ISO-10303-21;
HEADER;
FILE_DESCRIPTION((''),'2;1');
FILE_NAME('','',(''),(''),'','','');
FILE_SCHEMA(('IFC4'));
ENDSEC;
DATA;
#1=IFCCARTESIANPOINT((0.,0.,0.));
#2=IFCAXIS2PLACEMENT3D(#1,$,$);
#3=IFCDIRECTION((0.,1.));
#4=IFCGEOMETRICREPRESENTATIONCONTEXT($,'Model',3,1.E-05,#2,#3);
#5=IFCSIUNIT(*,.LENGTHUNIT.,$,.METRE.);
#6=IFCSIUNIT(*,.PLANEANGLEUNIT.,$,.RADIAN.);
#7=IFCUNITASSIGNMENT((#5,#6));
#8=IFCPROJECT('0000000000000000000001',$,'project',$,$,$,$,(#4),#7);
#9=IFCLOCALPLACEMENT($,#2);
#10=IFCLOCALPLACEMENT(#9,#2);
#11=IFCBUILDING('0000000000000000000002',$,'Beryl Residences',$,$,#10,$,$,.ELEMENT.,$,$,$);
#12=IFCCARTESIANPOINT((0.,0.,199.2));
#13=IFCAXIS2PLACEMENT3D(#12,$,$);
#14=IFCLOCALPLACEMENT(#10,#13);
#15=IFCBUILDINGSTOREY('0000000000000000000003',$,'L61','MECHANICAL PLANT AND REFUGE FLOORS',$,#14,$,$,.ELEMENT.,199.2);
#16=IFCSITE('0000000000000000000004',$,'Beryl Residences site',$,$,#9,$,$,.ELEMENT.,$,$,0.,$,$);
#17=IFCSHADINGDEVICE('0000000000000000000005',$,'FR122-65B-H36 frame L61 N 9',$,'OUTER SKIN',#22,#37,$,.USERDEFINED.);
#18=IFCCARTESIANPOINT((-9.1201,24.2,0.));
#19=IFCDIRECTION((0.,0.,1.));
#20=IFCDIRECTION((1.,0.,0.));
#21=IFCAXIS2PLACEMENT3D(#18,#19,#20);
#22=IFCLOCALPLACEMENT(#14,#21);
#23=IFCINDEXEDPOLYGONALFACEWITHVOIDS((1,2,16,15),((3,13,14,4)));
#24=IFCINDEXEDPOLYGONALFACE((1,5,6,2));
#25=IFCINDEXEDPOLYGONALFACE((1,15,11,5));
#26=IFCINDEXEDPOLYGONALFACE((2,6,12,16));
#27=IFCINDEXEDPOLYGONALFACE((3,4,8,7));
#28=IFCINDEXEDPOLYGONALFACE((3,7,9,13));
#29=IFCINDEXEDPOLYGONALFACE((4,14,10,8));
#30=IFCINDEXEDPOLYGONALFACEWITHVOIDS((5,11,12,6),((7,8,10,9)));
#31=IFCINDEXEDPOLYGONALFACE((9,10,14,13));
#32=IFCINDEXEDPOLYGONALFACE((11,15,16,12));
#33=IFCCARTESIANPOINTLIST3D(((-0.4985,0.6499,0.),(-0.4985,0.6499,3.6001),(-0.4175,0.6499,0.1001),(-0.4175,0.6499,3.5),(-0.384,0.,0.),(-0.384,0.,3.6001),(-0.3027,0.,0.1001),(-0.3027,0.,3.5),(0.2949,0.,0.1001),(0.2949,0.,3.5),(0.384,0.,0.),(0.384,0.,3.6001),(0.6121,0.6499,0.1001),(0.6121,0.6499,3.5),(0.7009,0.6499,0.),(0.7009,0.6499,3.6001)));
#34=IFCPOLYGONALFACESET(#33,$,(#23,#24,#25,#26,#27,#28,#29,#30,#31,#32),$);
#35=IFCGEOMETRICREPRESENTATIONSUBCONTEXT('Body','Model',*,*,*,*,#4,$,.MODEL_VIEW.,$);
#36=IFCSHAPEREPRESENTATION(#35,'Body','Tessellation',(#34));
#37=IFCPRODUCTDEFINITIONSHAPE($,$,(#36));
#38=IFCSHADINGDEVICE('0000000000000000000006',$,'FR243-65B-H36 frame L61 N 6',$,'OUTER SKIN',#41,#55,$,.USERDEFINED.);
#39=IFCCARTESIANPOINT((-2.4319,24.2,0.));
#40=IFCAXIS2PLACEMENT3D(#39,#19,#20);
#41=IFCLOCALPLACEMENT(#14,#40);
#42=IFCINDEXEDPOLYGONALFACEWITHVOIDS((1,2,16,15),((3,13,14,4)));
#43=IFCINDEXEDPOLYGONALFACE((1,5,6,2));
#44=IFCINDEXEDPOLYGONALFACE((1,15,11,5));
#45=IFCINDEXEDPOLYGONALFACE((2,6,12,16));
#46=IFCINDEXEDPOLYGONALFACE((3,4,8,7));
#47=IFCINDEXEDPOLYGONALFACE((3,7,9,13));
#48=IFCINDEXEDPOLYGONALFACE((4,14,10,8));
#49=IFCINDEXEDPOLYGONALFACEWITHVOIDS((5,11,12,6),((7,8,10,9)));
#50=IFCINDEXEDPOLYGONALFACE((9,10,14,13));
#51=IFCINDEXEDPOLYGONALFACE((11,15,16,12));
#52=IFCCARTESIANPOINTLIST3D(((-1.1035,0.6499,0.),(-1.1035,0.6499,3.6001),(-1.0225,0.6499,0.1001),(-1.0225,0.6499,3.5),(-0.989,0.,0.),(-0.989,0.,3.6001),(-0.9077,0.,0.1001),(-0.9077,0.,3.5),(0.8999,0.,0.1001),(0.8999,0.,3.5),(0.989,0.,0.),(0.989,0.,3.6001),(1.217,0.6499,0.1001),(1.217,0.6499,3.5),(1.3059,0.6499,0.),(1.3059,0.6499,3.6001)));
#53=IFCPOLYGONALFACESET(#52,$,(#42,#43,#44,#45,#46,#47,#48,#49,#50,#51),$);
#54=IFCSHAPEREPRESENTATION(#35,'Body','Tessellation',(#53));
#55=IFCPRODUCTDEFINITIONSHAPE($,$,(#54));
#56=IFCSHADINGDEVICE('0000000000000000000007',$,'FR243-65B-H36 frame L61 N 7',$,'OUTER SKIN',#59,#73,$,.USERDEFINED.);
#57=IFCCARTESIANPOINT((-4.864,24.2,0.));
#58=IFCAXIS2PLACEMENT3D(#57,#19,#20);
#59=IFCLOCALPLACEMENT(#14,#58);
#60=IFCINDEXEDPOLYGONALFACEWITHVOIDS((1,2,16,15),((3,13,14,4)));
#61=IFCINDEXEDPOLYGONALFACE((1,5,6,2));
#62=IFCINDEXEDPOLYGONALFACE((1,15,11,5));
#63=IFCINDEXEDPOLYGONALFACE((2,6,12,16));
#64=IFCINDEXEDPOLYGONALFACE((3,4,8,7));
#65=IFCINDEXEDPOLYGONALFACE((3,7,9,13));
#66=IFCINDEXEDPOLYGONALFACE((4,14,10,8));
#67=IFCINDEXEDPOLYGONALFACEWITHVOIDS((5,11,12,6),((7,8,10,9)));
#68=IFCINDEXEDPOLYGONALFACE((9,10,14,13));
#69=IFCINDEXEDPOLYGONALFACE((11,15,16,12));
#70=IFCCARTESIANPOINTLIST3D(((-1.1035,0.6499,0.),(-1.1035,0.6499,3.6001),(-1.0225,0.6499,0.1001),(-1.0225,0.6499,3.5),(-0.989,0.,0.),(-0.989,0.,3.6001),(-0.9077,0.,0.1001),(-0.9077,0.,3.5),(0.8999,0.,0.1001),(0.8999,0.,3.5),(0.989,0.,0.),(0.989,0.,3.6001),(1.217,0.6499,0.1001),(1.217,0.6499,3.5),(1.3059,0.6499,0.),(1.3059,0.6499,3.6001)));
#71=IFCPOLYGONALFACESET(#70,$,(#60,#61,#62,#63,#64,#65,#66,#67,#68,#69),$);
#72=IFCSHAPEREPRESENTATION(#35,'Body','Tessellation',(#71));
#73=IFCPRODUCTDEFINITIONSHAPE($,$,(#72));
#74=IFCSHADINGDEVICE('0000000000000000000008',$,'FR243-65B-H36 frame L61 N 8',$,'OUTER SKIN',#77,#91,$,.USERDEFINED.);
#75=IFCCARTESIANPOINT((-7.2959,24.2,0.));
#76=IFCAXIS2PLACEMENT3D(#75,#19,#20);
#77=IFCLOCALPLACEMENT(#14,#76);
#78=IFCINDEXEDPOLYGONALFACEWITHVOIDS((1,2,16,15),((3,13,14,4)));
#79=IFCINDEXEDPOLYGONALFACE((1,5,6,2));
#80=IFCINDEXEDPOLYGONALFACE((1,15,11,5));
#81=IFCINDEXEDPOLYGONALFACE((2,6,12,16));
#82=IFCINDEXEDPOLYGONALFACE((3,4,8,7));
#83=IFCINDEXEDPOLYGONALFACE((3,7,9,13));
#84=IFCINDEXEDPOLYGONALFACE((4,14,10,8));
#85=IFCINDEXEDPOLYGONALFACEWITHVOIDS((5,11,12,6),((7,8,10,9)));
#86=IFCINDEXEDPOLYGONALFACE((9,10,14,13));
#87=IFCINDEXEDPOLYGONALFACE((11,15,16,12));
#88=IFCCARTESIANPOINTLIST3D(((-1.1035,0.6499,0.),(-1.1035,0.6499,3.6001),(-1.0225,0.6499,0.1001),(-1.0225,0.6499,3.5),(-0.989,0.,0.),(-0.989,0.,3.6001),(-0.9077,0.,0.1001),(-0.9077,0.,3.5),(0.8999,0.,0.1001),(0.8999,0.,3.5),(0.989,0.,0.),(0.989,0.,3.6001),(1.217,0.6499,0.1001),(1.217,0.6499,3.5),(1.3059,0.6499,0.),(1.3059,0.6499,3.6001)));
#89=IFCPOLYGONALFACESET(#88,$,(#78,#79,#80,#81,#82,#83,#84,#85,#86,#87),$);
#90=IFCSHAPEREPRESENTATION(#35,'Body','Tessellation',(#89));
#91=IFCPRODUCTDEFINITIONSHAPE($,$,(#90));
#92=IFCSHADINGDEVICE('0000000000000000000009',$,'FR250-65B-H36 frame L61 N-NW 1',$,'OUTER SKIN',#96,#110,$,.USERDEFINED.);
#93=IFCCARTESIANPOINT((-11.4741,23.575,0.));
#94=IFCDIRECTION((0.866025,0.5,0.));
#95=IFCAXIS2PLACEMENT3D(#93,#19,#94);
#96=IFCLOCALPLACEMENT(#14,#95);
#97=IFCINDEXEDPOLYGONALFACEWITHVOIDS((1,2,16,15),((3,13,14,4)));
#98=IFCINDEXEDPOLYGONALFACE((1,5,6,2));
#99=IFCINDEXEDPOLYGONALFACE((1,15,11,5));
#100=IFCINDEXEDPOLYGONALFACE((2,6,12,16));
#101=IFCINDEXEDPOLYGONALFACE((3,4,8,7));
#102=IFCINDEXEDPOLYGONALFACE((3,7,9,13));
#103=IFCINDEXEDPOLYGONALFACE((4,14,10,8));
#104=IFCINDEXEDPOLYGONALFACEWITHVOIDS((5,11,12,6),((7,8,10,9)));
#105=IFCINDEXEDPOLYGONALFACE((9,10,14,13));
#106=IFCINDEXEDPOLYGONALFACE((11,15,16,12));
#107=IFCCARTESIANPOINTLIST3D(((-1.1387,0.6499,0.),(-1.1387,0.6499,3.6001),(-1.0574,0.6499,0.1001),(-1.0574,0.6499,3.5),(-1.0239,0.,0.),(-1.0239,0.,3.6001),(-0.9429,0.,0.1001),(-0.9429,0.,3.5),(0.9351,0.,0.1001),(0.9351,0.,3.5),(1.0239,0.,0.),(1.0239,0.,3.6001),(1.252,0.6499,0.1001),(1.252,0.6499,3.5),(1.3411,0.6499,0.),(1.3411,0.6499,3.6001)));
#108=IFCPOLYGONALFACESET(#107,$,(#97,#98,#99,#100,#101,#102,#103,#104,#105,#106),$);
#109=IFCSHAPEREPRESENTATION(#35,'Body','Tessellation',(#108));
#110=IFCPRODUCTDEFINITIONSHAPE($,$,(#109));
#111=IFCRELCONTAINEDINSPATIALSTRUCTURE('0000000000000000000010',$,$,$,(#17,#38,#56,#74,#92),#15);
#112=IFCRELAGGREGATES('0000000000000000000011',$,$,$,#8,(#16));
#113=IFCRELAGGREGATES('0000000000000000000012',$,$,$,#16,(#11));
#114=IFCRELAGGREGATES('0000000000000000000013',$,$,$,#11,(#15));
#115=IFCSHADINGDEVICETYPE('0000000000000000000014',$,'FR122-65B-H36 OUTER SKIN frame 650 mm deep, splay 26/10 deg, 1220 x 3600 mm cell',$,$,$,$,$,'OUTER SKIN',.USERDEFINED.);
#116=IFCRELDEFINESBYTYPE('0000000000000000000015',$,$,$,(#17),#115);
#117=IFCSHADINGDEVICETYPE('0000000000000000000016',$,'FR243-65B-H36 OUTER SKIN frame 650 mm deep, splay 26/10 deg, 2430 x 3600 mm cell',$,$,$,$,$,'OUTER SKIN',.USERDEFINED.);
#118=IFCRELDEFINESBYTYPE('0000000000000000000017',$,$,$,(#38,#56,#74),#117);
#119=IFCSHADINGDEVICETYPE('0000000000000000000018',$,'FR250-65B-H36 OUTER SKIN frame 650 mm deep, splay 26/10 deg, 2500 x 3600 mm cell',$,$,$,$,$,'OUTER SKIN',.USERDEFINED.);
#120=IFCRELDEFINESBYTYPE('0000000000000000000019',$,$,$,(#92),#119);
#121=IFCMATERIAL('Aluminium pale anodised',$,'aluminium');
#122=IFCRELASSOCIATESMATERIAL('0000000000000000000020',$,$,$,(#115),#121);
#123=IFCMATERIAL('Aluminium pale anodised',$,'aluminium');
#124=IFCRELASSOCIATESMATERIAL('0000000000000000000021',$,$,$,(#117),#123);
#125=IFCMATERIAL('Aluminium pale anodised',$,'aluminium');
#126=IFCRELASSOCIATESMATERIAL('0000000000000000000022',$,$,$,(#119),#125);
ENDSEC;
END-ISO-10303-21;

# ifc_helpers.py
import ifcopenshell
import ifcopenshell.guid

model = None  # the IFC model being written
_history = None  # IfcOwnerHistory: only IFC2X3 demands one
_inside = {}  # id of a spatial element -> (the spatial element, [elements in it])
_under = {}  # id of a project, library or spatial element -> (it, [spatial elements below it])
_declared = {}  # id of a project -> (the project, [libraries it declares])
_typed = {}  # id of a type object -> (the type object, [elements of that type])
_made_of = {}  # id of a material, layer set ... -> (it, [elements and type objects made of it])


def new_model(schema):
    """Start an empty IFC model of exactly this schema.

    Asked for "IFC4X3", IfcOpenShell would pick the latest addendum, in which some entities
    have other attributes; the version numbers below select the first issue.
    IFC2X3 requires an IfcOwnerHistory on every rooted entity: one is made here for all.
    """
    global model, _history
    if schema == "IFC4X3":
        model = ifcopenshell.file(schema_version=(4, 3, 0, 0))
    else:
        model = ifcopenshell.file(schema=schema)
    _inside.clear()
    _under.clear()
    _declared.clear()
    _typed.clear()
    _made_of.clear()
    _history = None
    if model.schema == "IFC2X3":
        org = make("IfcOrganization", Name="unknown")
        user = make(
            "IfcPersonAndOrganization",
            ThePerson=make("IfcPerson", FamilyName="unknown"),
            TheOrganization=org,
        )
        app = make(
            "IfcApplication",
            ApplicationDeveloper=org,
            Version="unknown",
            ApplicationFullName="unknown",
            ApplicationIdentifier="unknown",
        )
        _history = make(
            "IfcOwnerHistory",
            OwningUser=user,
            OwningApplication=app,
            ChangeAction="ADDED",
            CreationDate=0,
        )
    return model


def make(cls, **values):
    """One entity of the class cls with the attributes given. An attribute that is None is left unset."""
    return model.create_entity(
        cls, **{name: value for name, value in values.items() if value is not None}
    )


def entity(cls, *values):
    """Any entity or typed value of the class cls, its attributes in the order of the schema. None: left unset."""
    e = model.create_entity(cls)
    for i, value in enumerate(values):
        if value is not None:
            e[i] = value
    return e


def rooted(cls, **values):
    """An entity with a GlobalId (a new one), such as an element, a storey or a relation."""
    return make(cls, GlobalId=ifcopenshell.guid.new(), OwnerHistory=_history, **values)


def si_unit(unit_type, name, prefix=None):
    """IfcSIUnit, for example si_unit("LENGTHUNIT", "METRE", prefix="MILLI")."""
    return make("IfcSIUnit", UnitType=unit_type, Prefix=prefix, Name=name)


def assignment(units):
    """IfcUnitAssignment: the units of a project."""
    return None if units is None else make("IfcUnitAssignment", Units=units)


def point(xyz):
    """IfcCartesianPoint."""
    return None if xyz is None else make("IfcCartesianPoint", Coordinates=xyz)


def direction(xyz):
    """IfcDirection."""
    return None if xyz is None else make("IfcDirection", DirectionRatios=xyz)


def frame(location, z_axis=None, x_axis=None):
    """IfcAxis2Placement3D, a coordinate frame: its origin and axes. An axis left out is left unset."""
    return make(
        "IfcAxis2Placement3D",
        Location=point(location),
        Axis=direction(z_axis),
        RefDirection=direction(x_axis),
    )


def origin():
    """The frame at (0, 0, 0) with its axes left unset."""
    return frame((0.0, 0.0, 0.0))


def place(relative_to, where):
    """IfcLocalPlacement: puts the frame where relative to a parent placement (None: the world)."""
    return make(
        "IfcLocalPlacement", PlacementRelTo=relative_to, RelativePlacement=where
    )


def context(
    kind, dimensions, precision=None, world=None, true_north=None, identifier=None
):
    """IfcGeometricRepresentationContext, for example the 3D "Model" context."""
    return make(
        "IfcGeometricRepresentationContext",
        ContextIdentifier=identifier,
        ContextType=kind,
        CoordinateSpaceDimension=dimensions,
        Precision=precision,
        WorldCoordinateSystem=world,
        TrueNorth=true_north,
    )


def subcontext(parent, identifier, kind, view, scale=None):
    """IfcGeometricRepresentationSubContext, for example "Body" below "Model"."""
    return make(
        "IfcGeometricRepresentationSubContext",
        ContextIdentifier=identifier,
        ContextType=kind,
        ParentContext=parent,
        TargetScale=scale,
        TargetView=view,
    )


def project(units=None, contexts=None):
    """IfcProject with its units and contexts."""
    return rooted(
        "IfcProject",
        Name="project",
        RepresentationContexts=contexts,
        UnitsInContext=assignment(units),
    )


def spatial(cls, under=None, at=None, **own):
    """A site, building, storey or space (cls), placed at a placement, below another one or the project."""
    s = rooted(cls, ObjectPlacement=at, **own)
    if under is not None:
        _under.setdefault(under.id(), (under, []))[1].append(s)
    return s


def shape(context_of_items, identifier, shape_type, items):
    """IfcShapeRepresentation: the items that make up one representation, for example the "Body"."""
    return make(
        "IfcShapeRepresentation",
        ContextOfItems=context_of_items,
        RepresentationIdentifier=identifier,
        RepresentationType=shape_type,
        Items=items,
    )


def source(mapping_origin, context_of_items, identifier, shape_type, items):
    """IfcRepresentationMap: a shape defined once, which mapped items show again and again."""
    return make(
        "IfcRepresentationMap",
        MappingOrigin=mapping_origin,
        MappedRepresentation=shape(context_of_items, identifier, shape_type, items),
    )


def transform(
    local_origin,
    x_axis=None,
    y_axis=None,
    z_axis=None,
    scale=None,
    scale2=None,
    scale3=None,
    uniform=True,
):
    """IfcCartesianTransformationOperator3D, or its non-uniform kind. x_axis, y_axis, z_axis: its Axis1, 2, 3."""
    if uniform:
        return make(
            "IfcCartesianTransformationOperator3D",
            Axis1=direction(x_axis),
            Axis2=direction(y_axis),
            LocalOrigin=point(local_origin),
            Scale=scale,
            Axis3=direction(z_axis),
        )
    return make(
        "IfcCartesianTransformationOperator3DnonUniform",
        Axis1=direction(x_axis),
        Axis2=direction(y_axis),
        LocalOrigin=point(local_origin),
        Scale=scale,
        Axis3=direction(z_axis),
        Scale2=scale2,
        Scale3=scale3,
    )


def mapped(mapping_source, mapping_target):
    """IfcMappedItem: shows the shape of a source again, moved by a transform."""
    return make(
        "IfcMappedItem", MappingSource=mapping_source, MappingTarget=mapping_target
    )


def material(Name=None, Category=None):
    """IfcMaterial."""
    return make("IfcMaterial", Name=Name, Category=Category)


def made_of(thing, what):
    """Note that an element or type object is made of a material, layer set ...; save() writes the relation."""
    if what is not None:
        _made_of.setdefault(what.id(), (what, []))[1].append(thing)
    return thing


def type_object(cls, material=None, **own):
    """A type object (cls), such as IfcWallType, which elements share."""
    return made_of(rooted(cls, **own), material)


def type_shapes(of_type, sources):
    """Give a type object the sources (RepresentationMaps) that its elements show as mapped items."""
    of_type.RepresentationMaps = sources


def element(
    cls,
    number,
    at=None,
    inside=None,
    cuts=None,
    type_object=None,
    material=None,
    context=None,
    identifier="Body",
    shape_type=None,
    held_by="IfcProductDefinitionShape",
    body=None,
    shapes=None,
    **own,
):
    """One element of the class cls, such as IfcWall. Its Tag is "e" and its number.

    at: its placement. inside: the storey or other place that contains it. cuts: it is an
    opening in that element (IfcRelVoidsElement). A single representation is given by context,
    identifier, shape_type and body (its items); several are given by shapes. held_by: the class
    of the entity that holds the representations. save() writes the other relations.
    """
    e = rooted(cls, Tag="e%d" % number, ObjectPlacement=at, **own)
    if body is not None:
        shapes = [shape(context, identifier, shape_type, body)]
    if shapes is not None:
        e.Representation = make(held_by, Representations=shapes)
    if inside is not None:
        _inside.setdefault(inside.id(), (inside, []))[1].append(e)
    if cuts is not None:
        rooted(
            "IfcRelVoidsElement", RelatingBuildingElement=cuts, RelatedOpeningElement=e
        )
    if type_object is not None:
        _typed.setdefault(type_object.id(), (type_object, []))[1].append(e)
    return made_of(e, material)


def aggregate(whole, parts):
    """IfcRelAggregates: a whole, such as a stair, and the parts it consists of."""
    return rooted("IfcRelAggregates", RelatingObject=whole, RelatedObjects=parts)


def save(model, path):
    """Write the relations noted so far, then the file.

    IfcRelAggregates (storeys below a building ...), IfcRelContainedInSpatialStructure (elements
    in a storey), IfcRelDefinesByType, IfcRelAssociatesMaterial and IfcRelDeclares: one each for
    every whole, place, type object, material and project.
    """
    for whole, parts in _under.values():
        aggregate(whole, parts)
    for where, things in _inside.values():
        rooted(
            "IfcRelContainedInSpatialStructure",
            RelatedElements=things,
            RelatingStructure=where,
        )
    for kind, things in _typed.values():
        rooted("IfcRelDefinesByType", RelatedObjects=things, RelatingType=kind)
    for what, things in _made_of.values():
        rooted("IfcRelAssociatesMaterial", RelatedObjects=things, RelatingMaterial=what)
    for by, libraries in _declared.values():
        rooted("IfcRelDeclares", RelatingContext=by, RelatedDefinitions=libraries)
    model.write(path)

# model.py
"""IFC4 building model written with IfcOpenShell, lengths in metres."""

from ifc_helpers import new_model, entity, si_unit, direction, frame, origin, place, context, subcontext, project, spatial, source, transform, mapped, material, type_object, type_shapes, element, save


model = new_model("IFC4")

# Units and contexts
model_context = context("Model", 3, precision=1e-05, world=origin(), true_north=direction((0.0, 1.0)))
body_context = subcontext(model_context, "Body", "Model", "MODEL_VIEW")
ifc_project = project(units=[si_unit("LENGTHUNIT", "METRE"), si_unit("PLANEANGLEUNIT", "RADIAN")], contexts=[model_context])

# Site, building, storey
site_placement = place(None, origin())
site = spatial("IfcSite", under=ifc_project, at=site_placement, Name="Beryl Residences site", CompositionType="ELEMENT", RefElevation=0.0)
building_placement = place(site_placement, origin())
building = spatial("IfcBuilding", under=site, at=building_placement, Name="Beryl Residences", CompositionType="ELEMENT")
storey_placement = place(building_placement, frame((0.0, 0.0, 199.2)))
storey = spatial("IfcBuildingStorey", under=building, at=storey_placement, Name="L61", Description="MECHANICAL PLANT AND REFUGE FLOORS", CompositionType="ELEMENT", Elevation=199.2)

# Shading devices
ifc_material_1 = material(Name="Aluminium pale anodised", Category="aluminium")
shading_device_type_1 = type_object("IfcShadingDeviceType", Name="FR122-65B-H36 OUTER SKIN frame 650 mm deep, splay 26/10 deg, 1220 x 3600 mm cell", ElementType="OUTER SKIN", PredefinedType="USERDEFINED", material=ifc_material_1)
cartesian_point_1 = entity("IfcCartesianPoint", [-0.384, 0.0])
cartesian_point_2 = entity("IfcCartesianPoint", [-0.2949, 0.1001])
cartesian_point_3 = entity("IfcCartesianPoint", [-0.7009, 0.0])
cartesian_point_4 = entity("IfcCartesianPoint", [-0.6121, 0.1001])
shared_shape_1 = source(origin(), body_context, "Body", "SweptSolid", [
    entity("IfcExtrudedAreaSolidTapered", entity("IfcArbitraryProfileDefWithVoids", "AREA", None, entity("IfcPolyline", [cartesian_point_1, entity("IfcCartesianPoint", [0.384, 0.0]), entity("IfcCartesianPoint", [0.384, 3.6001]), entity("IfcCartesianPoint", [-0.384, 3.6001]), cartesian_point_1]), [entity("IfcPolyline", [cartesian_point_2, entity("IfcCartesianPoint", [0.3027, 0.1001]), entity("IfcCartesianPoint", [0.3027, 3.5]), entity("IfcCartesianPoint", [-0.2949, 3.5]), cartesian_point_2])]), entity("IfcAxis2Placement3D", entity("IfcCartesianPoint", [0.0, 0.0, 0.0]), entity("IfcDirection", [0.0, 1.0, 0.0]), entity("IfcDirection", [-1.0, 0.0, 0.0])), entity("IfcDirection", [0.0, 0.0, 1.0]), 0.6499, entity("IfcArbitraryProfileDefWithVoids", "AREA", None, entity("IfcPolyline", [cartesian_point_3, entity("IfcCartesianPoint", [0.4985, 0.0]), entity("IfcCartesianPoint", [0.4985, 3.6001]), entity("IfcCartesianPoint", [-0.7009, 3.6001]), cartesian_point_3]), [entity("IfcPolyline", [cartesian_point_4, entity("IfcCartesianPoint", [0.4175, 0.1001]), entity("IfcCartesianPoint", [0.4175, 3.5]), entity("IfcCartesianPoint", [-0.6121, 3.5]), cartesian_point_4])])),
])
type_shapes(shading_device_type_1, [shared_shape_1])
shading_device_1_placement = place(storey_placement, frame((-9.1201, 24.2, 0.0), z_axis=(0.0, 0.0, 1.0), x_axis=(1.0, 0.0, 0.0)))
element("IfcShadingDevice", 1, at=shading_device_1_placement, inside=storey, type_object=shading_device_type_1, Name="FR122-65B-H36 frame L61 N 9", ObjectType="OUTER SKIN", PredefinedType="USERDEFINED", context=body_context, shape_type="MappedRepresentation", body=[
    mapped(shared_shape_1, transform((0.0, 0.0, 0.0))),
])
ifc_material_2 = material(Name="Aluminium pale anodised", Category="aluminium")
shading_device_type_2 = type_object("IfcShadingDeviceType", Name="FR243-65B-H36 OUTER SKIN frame 650 mm deep, splay 26/10 deg, 2430 x 3600 mm cell", ElementType="OUTER SKIN", PredefinedType="USERDEFINED", material=ifc_material_2)
cartesian_point_5 = entity("IfcCartesianPoint", [-0.989, 0.0])
cartesian_point_6 = entity("IfcCartesianPoint", [-0.8999, 0.1001])
cartesian_point_7 = entity("IfcCartesianPoint", [-1.3059, 0.0])
cartesian_point_8 = entity("IfcCartesianPoint", [-1.217, 0.1001])
shared_shape_2 = source(origin(), body_context, "Body", "SweptSolid", [
    entity("IfcExtrudedAreaSolidTapered", entity("IfcArbitraryProfileDefWithVoids", "AREA", None, entity("IfcPolyline", [cartesian_point_5, entity("IfcCartesianPoint", [0.989, 0.0]), entity("IfcCartesianPoint", [0.989, 3.6001]), entity("IfcCartesianPoint", [-0.989, 3.6001]), cartesian_point_5]), [entity("IfcPolyline", [cartesian_point_6, entity("IfcCartesianPoint", [0.9077, 0.1001]), entity("IfcCartesianPoint", [0.9077, 3.5]), entity("IfcCartesianPoint", [-0.8999, 3.5]), cartesian_point_6])]), entity("IfcAxis2Placement3D", entity("IfcCartesianPoint", [0.0, 0.0, 0.0]), entity("IfcDirection", [0.0, 1.0, 0.0]), entity("IfcDirection", [-1.0, 0.0, 0.0])), entity("IfcDirection", [0.0, 0.0, 1.0]), 0.6499, entity("IfcArbitraryProfileDefWithVoids", "AREA", None, entity("IfcPolyline", [cartesian_point_7, entity("IfcCartesianPoint", [1.1035, 0.0]), entity("IfcCartesianPoint", [1.1035, 3.6001]), entity("IfcCartesianPoint", [-1.3059, 3.6001]), cartesian_point_7]), [entity("IfcPolyline", [cartesian_point_8, entity("IfcCartesianPoint", [1.0225, 0.1001]), entity("IfcCartesianPoint", [1.0225, 3.5]), entity("IfcCartesianPoint", [-1.217, 3.5]), cartesian_point_8])])),
])
type_shapes(shading_device_type_2, [shared_shape_2])
for number, where, z_axis, x_axis, name in (
    (2, (-2.4319, 24.2, 0.0), (0.0, 0.0, 1.0), (1.0, 0.0, 0.0), "FR243-65B-H36 frame L61 N 6"),
    (3, (-4.864, 24.2, 0.0), (0.0, 0.0, 1.0), (1.0, 0.0, 0.0), "FR243-65B-H36 frame L61 N 7"),
    (4, (-7.2959, 24.2, 0.0), (0.0, 0.0, 1.0), (1.0, 0.0, 0.0), "FR243-65B-H36 frame L61 N 8"),
):
    element("IfcShadingDevice", number, at=place(storey_placement, frame(where, z_axis=z_axis, x_axis=x_axis)), inside=storey, type_object=shading_device_type_2, Name=name, ObjectType="OUTER SKIN", PredefinedType="USERDEFINED", context=body_context, shape_type="MappedRepresentation", body=[
        mapped(shared_shape_2, transform((0.0, 0.0, 0.0))),
    ])
ifc_material_3 = material(Name="Aluminium pale anodised", Category="aluminium")
shading_device_type_3 = type_object("IfcShadingDeviceType", Name="FR250-65B-H36 OUTER SKIN frame 650 mm deep, splay 26/10 deg, 2500 x 3600 mm cell", ElementType="OUTER SKIN", PredefinedType="USERDEFINED", material=ifc_material_3)
cartesian_point_9 = entity("IfcCartesianPoint", [-1.0239, 0.0])
cartesian_point_10 = entity("IfcCartesianPoint", [-0.9351, 0.1001])
cartesian_point_11 = entity("IfcCartesianPoint", [-1.3411, 0.0])
cartesian_point_12 = entity("IfcCartesianPoint", [-1.252, 0.1001])
shared_shape_3 = source(origin(), body_context, "Body", "SweptSolid", [
    entity("IfcExtrudedAreaSolidTapered", entity("IfcArbitraryProfileDefWithVoids", "AREA", None, entity("IfcPolyline", [cartesian_point_9, entity("IfcCartesianPoint", [1.0239, 0.0]), entity("IfcCartesianPoint", [1.0239, 3.6001]), entity("IfcCartesianPoint", [-1.0239, 3.6001]), cartesian_point_9]), [entity("IfcPolyline", [cartesian_point_10, entity("IfcCartesianPoint", [0.9429, 0.1001]), entity("IfcCartesianPoint", [0.9429, 3.5]), entity("IfcCartesianPoint", [-0.9351, 3.5]), cartesian_point_10])]), entity("IfcAxis2Placement3D", entity("IfcCartesianPoint", [0.0, 0.0, 0.0]), entity("IfcDirection", [0.0, 1.0, 0.0]), entity("IfcDirection", [-1.0, 0.0, 0.0])), entity("IfcDirection", [0.0, 0.0, 1.0]), 0.6499, entity("IfcArbitraryProfileDefWithVoids", "AREA", None, entity("IfcPolyline", [cartesian_point_11, entity("IfcCartesianPoint", [1.1387, 0.0]), entity("IfcCartesianPoint", [1.1387, 3.6001]), entity("IfcCartesianPoint", [-1.3411, 3.6001]), cartesian_point_11]), [entity("IfcPolyline", [cartesian_point_12, entity("IfcCartesianPoint", [1.0574, 0.1001]), entity("IfcCartesianPoint", [1.0574, 3.5]), entity("IfcCartesianPoint", [-1.252, 3.5]), cartesian_point_12])])),
])
type_shapes(shading_device_type_3, [shared_shape_3])
shading_device_2_placement = place(storey_placement, frame((-11.4741, 23.575, 0.0), z_axis=(0.0, 0.0, 1.0), x_axis=(0.866025, 0.5, 0.0)))
element("IfcShadingDevice", 5, at=shading_device_2_placement, inside=storey, type_object=shading_device_type_3, Name="FR250-65B-H36 frame L61 N-NW 1", ObjectType="OUTER SKIN", PredefinedType="USERDEFINED", context=body_context, shape_type="MappedRepresentation", body=[
    mapped(shared_shape_3, transform((0.0, 0.0, 0.0))),
])

save(model, "model.ifc")
